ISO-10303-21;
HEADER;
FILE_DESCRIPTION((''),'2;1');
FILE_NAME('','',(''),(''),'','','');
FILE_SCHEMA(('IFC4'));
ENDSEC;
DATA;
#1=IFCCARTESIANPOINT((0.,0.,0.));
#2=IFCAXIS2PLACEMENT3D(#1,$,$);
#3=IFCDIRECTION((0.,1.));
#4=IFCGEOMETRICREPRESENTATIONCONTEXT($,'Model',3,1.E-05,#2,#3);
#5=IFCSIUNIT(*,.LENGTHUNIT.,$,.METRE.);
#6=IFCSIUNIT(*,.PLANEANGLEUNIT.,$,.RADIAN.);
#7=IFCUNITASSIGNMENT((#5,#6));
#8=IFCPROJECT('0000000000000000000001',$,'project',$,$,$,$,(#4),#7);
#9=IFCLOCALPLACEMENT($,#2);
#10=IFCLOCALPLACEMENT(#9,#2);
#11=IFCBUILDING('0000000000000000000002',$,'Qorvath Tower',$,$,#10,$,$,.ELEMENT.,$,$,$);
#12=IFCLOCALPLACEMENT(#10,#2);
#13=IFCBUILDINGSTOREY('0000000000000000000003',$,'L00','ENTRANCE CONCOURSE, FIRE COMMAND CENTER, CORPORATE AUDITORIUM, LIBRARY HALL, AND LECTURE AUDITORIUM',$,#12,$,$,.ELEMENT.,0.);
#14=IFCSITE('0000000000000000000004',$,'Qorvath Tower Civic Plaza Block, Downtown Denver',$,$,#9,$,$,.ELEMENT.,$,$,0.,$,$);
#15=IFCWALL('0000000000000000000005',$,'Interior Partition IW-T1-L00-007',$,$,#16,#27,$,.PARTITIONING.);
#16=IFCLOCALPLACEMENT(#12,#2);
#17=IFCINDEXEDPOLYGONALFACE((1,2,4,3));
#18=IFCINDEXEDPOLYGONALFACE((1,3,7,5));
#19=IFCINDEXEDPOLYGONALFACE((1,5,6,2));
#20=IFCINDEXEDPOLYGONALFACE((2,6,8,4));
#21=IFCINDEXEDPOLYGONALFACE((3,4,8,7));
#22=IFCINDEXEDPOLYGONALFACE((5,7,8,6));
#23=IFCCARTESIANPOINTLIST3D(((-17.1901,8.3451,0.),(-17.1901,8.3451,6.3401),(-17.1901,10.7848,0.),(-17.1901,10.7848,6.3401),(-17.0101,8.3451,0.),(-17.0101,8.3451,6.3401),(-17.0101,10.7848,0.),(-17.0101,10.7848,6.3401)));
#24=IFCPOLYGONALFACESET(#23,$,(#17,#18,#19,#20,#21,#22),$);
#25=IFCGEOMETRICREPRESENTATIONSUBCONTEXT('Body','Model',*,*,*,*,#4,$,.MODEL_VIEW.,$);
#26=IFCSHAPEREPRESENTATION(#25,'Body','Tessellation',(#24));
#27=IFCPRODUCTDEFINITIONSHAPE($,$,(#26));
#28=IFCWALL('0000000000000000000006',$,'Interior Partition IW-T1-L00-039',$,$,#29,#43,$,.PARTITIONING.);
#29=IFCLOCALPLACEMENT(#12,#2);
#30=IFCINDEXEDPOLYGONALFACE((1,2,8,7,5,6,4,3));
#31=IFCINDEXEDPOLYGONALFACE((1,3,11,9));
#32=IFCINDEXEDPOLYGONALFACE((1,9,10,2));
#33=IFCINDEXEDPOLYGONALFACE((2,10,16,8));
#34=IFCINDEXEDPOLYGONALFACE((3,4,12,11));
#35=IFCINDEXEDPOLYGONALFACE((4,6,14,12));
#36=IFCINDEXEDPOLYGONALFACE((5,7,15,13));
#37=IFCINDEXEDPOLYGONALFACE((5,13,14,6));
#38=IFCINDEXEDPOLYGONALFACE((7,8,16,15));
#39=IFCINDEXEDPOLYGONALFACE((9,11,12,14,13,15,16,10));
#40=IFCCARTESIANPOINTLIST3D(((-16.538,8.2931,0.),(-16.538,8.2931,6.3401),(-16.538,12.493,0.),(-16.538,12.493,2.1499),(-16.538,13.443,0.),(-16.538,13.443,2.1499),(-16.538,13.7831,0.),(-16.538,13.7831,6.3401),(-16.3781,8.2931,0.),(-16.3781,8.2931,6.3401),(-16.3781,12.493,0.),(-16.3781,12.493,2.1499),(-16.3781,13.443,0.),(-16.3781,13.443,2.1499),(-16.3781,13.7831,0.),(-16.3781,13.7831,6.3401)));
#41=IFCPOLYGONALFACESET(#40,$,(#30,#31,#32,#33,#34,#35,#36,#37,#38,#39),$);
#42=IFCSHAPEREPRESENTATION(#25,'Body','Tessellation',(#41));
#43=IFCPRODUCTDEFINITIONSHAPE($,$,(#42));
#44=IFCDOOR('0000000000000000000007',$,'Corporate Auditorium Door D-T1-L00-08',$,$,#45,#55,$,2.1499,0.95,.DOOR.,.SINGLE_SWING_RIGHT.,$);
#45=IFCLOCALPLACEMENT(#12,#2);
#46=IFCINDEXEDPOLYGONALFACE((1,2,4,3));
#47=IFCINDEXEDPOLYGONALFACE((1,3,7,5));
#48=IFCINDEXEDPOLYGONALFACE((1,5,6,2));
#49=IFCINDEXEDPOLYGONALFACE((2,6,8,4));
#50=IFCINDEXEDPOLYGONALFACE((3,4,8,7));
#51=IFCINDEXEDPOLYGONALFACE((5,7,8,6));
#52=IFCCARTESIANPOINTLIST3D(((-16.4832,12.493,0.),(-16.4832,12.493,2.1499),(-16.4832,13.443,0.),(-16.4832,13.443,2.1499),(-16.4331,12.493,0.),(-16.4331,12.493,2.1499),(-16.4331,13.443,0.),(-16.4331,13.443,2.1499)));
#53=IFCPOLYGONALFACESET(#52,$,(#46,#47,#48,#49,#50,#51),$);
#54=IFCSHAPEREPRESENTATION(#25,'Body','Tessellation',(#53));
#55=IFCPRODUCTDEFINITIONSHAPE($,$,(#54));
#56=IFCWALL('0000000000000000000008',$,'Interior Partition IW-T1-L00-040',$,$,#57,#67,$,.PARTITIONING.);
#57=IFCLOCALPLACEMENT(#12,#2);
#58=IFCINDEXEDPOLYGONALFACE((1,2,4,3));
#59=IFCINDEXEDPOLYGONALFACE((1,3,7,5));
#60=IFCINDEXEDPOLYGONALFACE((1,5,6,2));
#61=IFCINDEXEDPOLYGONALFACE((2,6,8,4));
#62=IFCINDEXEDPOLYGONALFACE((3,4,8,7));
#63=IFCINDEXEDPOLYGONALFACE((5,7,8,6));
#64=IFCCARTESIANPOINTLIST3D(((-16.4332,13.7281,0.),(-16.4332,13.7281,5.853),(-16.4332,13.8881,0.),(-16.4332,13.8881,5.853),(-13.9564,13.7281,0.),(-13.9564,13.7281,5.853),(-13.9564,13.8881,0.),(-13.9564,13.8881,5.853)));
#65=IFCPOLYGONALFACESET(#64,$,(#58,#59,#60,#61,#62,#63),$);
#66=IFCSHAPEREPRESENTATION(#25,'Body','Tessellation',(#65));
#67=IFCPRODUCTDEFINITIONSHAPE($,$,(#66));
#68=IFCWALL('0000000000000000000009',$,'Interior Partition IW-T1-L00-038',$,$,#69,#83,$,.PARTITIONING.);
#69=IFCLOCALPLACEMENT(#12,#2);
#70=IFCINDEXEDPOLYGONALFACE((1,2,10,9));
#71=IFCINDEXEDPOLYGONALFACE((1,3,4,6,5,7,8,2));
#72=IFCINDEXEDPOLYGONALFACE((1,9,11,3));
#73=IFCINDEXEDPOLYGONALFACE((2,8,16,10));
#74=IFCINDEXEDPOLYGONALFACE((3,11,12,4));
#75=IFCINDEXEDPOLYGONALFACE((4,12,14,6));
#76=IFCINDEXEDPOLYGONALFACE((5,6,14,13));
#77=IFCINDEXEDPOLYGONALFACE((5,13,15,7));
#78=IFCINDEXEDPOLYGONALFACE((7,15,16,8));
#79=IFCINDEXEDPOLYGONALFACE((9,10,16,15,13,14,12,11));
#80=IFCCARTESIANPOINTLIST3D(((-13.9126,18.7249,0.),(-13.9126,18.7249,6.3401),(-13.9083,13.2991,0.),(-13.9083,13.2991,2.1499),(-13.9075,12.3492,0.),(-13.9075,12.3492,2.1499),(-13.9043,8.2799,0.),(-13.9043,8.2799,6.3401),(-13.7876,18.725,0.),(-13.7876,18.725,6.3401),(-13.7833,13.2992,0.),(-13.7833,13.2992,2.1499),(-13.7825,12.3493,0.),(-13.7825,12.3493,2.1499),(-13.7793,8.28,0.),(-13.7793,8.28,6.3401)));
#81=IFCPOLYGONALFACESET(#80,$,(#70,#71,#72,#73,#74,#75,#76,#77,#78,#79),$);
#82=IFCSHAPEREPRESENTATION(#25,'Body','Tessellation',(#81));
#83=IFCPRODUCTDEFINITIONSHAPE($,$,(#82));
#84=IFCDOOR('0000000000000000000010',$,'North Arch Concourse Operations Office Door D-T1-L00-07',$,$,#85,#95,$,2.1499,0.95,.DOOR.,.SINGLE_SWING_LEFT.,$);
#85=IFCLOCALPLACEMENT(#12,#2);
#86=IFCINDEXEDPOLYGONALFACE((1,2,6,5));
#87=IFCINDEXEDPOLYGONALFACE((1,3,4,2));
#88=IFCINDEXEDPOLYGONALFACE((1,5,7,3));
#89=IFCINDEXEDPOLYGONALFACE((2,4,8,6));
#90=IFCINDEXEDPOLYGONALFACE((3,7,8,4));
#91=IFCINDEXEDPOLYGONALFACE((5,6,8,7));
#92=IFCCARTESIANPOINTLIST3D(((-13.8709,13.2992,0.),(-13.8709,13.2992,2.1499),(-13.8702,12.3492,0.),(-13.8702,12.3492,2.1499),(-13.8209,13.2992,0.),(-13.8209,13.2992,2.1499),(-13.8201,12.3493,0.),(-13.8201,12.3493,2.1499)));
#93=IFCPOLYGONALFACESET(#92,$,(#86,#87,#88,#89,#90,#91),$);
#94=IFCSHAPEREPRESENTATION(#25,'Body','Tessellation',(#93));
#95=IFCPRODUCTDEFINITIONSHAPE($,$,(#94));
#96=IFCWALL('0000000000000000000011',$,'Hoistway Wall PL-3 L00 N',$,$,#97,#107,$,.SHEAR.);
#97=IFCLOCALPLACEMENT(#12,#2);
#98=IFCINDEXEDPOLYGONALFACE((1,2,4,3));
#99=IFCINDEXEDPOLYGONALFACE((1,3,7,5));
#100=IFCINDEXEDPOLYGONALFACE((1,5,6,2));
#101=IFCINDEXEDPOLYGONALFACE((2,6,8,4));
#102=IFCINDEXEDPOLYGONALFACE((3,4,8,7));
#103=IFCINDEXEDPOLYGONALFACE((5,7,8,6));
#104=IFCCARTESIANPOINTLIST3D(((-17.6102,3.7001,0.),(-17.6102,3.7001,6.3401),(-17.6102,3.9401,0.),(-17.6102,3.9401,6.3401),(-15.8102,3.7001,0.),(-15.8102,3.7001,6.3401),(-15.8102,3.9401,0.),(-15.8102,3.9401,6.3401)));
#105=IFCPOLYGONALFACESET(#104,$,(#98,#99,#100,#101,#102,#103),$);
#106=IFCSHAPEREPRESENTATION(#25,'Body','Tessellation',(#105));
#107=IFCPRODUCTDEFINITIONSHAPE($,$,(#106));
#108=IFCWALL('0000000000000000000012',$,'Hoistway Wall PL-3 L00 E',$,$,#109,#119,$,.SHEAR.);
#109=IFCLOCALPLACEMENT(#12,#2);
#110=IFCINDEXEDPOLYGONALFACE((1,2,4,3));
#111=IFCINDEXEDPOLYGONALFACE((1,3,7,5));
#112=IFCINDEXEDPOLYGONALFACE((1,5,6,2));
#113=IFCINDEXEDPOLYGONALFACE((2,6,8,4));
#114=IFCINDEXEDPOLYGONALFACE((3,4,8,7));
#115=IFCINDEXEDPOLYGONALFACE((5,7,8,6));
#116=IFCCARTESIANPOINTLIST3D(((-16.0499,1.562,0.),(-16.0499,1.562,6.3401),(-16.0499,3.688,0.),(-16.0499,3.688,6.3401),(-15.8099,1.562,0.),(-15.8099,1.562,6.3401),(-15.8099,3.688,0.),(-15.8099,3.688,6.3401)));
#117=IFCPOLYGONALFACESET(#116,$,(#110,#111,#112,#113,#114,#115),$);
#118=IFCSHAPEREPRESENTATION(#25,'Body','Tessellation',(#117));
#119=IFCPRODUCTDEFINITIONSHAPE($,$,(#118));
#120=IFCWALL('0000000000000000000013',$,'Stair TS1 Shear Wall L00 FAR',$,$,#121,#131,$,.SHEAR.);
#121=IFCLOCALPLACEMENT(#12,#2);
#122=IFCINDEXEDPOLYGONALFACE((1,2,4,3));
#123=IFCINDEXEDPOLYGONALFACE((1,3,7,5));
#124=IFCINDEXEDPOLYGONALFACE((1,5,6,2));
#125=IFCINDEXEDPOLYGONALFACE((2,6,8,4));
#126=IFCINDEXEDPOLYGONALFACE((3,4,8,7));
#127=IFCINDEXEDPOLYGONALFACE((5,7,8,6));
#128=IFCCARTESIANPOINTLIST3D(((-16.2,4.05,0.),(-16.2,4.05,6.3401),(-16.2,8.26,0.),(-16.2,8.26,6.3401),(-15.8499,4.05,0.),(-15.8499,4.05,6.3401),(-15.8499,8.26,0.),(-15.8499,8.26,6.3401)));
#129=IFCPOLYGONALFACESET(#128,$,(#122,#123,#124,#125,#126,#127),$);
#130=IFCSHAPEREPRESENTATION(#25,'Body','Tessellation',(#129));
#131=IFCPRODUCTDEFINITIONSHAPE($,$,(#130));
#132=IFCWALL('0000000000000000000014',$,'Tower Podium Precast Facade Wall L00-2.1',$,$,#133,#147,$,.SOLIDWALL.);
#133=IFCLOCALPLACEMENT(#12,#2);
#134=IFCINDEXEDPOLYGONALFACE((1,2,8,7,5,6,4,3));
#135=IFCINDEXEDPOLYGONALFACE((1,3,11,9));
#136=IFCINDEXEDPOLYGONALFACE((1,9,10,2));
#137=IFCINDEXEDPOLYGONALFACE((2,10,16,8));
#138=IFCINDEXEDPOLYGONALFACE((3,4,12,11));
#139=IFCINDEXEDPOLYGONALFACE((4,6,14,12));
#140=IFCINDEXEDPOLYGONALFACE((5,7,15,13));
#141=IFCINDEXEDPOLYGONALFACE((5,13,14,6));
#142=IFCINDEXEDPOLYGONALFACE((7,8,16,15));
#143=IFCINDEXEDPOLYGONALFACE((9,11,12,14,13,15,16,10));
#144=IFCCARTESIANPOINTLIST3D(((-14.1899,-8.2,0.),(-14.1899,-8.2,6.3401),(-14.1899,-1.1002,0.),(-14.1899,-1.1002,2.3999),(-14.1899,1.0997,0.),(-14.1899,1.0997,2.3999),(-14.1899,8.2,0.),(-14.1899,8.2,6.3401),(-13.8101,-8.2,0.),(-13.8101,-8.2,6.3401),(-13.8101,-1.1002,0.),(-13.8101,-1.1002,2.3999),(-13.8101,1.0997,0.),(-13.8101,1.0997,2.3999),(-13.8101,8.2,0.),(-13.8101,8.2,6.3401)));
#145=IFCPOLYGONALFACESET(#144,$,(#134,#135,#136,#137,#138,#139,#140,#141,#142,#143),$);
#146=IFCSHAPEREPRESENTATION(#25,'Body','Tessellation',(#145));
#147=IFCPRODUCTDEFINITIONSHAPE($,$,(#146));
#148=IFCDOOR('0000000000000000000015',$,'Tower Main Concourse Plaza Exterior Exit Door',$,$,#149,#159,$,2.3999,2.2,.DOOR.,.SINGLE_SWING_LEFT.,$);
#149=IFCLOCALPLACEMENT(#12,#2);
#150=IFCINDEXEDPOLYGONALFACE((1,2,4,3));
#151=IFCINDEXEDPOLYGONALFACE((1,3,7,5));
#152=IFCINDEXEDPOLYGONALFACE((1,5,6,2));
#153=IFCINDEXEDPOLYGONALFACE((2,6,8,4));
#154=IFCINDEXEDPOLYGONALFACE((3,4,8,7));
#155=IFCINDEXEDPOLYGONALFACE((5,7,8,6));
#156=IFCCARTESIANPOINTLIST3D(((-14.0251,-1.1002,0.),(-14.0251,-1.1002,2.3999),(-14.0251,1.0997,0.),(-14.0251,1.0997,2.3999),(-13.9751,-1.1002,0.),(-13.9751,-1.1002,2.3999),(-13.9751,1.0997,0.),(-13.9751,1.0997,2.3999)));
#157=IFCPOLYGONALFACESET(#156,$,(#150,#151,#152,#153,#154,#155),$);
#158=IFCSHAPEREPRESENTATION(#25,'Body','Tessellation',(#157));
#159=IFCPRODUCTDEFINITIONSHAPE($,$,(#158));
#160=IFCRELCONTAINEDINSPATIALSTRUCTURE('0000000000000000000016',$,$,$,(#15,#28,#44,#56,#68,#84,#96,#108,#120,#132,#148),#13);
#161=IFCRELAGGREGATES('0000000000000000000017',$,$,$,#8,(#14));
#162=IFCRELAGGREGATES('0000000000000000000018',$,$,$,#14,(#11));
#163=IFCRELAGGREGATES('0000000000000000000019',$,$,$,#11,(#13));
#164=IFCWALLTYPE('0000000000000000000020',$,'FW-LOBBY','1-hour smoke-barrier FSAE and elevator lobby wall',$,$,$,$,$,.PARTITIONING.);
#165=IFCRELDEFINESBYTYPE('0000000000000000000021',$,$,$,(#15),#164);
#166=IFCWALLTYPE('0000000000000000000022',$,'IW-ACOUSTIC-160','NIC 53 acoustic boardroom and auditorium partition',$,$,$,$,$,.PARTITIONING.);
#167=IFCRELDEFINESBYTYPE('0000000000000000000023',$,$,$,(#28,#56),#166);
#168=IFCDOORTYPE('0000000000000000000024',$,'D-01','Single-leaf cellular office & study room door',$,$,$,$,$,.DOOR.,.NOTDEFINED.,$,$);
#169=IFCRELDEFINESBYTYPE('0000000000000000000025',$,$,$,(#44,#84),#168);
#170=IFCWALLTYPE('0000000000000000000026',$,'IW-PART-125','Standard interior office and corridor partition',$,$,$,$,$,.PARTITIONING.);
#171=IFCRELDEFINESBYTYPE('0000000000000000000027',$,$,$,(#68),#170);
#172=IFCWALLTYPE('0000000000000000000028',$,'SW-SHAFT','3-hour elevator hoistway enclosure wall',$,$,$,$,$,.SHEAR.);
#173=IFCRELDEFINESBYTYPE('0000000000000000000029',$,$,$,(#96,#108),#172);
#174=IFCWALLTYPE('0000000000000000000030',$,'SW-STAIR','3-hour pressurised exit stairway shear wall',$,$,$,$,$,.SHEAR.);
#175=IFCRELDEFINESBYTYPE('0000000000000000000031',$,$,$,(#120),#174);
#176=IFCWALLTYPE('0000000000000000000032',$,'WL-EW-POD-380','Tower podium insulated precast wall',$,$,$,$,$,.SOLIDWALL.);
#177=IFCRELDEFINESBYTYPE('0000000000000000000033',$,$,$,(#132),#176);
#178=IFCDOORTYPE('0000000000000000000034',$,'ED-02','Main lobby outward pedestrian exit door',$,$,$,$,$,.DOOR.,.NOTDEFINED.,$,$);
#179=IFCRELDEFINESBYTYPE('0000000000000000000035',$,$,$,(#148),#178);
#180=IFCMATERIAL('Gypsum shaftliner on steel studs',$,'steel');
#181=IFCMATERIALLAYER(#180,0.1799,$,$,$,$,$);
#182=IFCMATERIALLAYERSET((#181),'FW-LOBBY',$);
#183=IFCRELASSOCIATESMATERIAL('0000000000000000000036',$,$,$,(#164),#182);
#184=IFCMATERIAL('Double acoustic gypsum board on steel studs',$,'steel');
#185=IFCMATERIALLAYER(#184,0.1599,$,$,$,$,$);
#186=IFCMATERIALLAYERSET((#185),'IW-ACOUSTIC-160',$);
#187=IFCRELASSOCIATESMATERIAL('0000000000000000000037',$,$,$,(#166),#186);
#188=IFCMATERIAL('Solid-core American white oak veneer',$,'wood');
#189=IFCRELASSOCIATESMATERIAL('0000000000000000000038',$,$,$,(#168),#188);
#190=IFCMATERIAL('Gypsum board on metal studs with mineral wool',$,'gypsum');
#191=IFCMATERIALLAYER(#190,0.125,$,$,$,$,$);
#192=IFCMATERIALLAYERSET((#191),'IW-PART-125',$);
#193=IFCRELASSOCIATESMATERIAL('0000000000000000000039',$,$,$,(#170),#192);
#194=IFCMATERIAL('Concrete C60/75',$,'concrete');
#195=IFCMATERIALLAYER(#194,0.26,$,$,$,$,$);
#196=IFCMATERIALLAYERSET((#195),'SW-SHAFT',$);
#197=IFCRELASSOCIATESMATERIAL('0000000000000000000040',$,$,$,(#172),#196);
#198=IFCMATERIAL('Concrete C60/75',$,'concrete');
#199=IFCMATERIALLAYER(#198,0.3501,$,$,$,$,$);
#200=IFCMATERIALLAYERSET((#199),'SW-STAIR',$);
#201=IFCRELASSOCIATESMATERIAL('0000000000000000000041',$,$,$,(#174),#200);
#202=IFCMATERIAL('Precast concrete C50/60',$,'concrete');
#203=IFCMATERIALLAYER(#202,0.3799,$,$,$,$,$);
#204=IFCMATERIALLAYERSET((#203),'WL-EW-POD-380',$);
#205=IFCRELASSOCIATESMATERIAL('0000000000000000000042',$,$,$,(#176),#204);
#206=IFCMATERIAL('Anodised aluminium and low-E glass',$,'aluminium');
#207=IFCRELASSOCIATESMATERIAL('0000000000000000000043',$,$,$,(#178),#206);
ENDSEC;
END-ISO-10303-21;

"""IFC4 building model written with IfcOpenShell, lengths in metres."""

from ifc_helpers import new_model, si_unit, direction, frame, frame_2d, origin, place, context, subcontext, project, spatial, rectangle, extrude, material, layer, layer_set, type_object, element, fill, save


model = new_model("IFC4")

# Units and contexts
model_context = context("Model", 3, precision=1e-05, world=origin(), true_north=direction((0.0, 1.0)))
body_context = subcontext(model_context, "Body", "Model", "MODEL_VIEW")
ifc_project = project(units=[si_unit("LENGTHUNIT", "METRE"), si_unit("PLANEANGLEUNIT", "RADIAN")], contexts=[model_context])

# Site, building, storey
site_placement = place(None, origin())
site = spatial("IfcSite", under=ifc_project, at=site_placement, Name="Qorvath Tower Civic Plaza Block, Downtown Denver", CompositionType="ELEMENT", RefElevation=0.0)
building_placement = place(site_placement, origin())
building = spatial("IfcBuilding", under=site, at=building_placement, Name="Qorvath Tower", CompositionType="ELEMENT")
storey_placement = place(building_placement, origin())
storey = spatial("IfcBuildingStorey", under=building, at=storey_placement, Name="L00", Description="ENTRANCE CONCOURSE, FIRE COMMAND CENTER, CORPORATE AUDITORIUM, LIBRARY HALL, AND LECTURE AUDITORIUM", CompositionType="ELEMENT", Elevation=0.0)

# Wall
ifc_material_1 = material(Name="Gypsum shaftliner on steel studs", Category="steel")
ifc_layer_1 = layer(ifc_material_1, 0.1799)
ifc_layer_set_1 = layer_set([ifc_layer_1], Name="FW-LOBBY")
wall_type_1 = type_object("IfcWallType", Name="FW-LOBBY", Description="1-hour smoke-barrier FSAE and elevator lobby wall", PredefinedType="PARTITIONING", material=ifc_layer_set_1)
wall_1_placement = place(storey_placement, frame((-17.1001, 8.3452, 0.0), z_axis=(0.0, 0.0, 1.0), x_axis=(0.0, 1.0, 0.0)))
element("IfcWall", 1, at=wall_1_placement, inside=storey, type_object=wall_type_1, Name="Interior Partition IW-T1-L00-007", PredefinedType="PARTITIONING", context=body_context, shape_type="SweptSolid", body=[
    extrude(rectangle(XDim=2.4397, YDim=0.1799, at=frame_2d((1.2197, 0.0))), origin(), (0.0, 0.0, 1.0), 6.3401),
])

# Wall, opening, door
ifc_material_2 = material(Name="Double acoustic gypsum board on steel studs", Category="steel")
ifc_layer_2 = layer(ifc_material_2, 0.1599)
ifc_layer_set_2 = layer_set([ifc_layer_2], Name="IW-ACOUSTIC-160")
wall_type_2 = type_object("IfcWallType", Name="IW-ACOUSTIC-160", Description="NIC 53 acoustic boardroom and auditorium partition", PredefinedType="PARTITIONING", material=ifc_layer_set_2)
wall_2_placement = place(storey_placement, frame((-16.458, 13.7832, 0.0), z_axis=(0.0, 0.0, 1.0), x_axis=(0.0, -1.0, 0.0)))
wall_2 = element("IfcWall", 2, at=wall_2_placement, inside=storey, type_object=wall_type_2, Name="Interior Partition IW-T1-L00-039", PredefinedType="PARTITIONING", context=body_context, shape_type="SweptSolid", body=[
    extrude(rectangle(XDim=5.49, YDim=0.1599, at=frame_2d((2.7451, 0.0))), origin(), (0.0, 0.0, 1.0), 6.3401),
])
opening_1_placement = place(wall_2_placement, frame((0.3401, 0.0, 0.0)))
opening_1 = element("IfcOpeningElement", 3, at=opening_1_placement, cuts=wall_2, PredefinedType="OPENING", context=body_context, shape_type="SweptSolid", body=[
    extrude(rectangle(XDim=0.95, YDim=2.1499, at=frame_2d((0.4751, 1.075))), frame((0.0, 0.0898, 0.0), z_axis=(0.0, -1.0, 0.0), x_axis=(1.0, 0.0, 0.0)), (0.0, 0.0, 1.0), 0.1799),
])
ifc_material_3 = material(Name="Solid-core American white oak veneer", Category="wood")
door_type_1 = type_object("IfcDoorType", Name="D-01", Description="Single-leaf cellular office & study room door", OperationType="NOTDEFINED", PredefinedType="DOOR", material=ifc_material_3)
door_1_placement = place(opening_1_placement, origin())
door_1 = element("IfcDoor", 4, at=door_1_placement, inside=storey, type_object=door_type_1, Name="Corporate Auditorium Door D-T1-L00-08", OperationType="SINGLE_SWING_RIGHT", OverallHeight=2.1499, OverallWidth=0.95, PredefinedType="DOOR", context=body_context, shape_type="SweptSolid", body=[
    extrude(rectangle(XDim=0.95, YDim=2.1499, at=frame_2d((0.4751, 1.075))), frame((0.0, 0.0249, 0.0), z_axis=(0.0, -1.0, 0.0), x_axis=(1.0, 0.0, 0.0)), (0.0, 0.0, 1.0), 0.05),
])
fill(opening_1, door_1)

# Wall
wall_3_placement = place(storey_placement, frame((-16.4331, 13.8081, 0.0), z_axis=(0.0, 0.0, 1.0), x_axis=(1.0, 0.0, 0.0)))
element("IfcWall", 5, at=wall_3_placement, inside=storey, type_object=wall_type_2, Name="Interior Partition IW-T1-L00-040", PredefinedType="PARTITIONING", context=body_context, shape_type="SweptSolid", body=[
    extrude(rectangle(XDim=2.4768, YDim=0.1599, at=frame_2d((1.2383, 0.0))), origin(), (0.0, 0.0, 1.0), 5.853),
])

# Wall, opening, door
ifc_material_4 = material(Name="Gypsum board on metal studs with mineral wool", Category="gypsum")
ifc_layer_3 = layer(ifc_material_4, 0.125)
ifc_layer_set_3 = layer_set([ifc_layer_3], Name="IW-PART-125")
wall_type_3 = type_object("IfcWallType", Name="IW-PART-125", Description="Standard interior office and corridor partition", PredefinedType="PARTITIONING", material=ifc_layer_set_3)
wall_4_placement = place(storey_placement, frame((-13.8501, 18.7251, 0.0), z_axis=(0.0, 0.0, 1.0), x_axis=(0.000795, -1.0, 0.0)))
wall_4 = element("IfcWall", 6, at=wall_4_placement, inside=storey, type_object=wall_type_3, Name="Interior Partition IW-T1-L00-038", PredefinedType="PARTITIONING", context=body_context, shape_type="SweptSolid", body=[
    extrude(rectangle(XDim=10.4451, YDim=0.125, at=frame_2d((5.2227, 0.0))), origin(), (0.0, 0.0, 1.0), 6.3401),
])
opening_2_placement = place(wall_4_placement, frame((5.4258, 0.0, 0.0)))
opening_2 = element("IfcOpeningElement", 7, at=opening_2_placement, cuts=wall_4, PredefinedType="OPENING", context=body_context, shape_type="SweptSolid", body=[
    extrude(rectangle(XDim=0.95, YDim=2.1499, at=frame_2d((0.4751, 1.075))), frame((0.0, 0.0725, 0.0), z_axis=(0.0, -1.0, 0.0), x_axis=(1.0, 0.0, 0.0)), (0.0, 0.0, 1.0), 0.145),
])
door_2_placement = place(opening_2_placement, origin())
door_2 = element("IfcDoor", 8, at=door_2_placement, inside=storey, type_object=door_type_1, Name="North Arch Concourse Operations Office Door D-T1-L00-07", OperationType="SINGLE_SWING_LEFT", OverallHeight=2.1499, OverallWidth=0.95, PredefinedType="DOOR", context=body_context, shape_type="SweptSolid", body=[
    extrude(rectangle(XDim=0.95, YDim=2.1499, at=frame_2d((0.4751, 1.075))), frame((0.0, 0.0249, 0.0), z_axis=(0.0, -1.0, 0.0), x_axis=(1.0, 0.0, 0.0)), (0.0, 0.0, 1.0), 0.05),
])
fill(opening_2, door_2)

# Walls
ifc_material_5 = material(Name="Concrete C60/75", Category="concrete")
ifc_layer_4 = layer(ifc_material_5, 0.26)
ifc_layer_set_4 = layer_set([ifc_layer_4], Name="SW-SHAFT")
wall_type_4 = type_object("IfcWallType", Name="SW-SHAFT", Description="3-hour elevator hoistway enclosure wall", PredefinedType="SHEAR", material=ifc_layer_set_4)
wall_5_placement = place(storey_placement, frame((-17.6101, 3.8201, 0.0), z_axis=(0.0, 0.0, 1.0), x_axis=(1.0, 0.0, 0.0)))
element("IfcWall", 9, at=wall_5_placement, inside=storey, type_object=wall_type_4, Name="Hoistway Wall PL-3 L00 N", PredefinedType="SHEAR", context=body_context, shape_type="SweptSolid", body=[
    extrude(rectangle(XDim=1.8, YDim=0.24, at=frame_2d((0.8999, 0.0))), origin(), (0.0, 0.0, 1.0), 6.3401),
])
wall_6_placement = place(storey_placement, frame((-15.9299, 3.688, 0.0), z_axis=(0.0, 0.0, 1.0), x_axis=(0.0, -1.0, 0.0)))
element("IfcWall", 10, at=wall_6_placement, inside=storey, type_object=wall_type_4, Name="Hoistway Wall PL-3 L00 E", PredefinedType="SHEAR", context=body_context, shape_type="SweptSolid", body=[
    extrude(rectangle(XDim=2.126, YDim=0.24, at=frame_2d((1.063, 0.0))), origin(), (0.0, 0.0, 1.0), 6.3401),
])
ifc_material_6 = material(Name="Concrete C60/75", Category="concrete")
ifc_layer_5 = layer(ifc_material_6, 0.3501)
ifc_layer_set_5 = layer_set([ifc_layer_5], Name="SW-STAIR")
wall_type_5 = type_object("IfcWallType", Name="SW-STAIR", Description="3-hour pressurised exit stairway shear wall", PredefinedType="SHEAR", material=ifc_layer_set_5)
wall_7_placement = place(storey_placement, frame((-16.0249, 4.05, 0.0), z_axis=(0.0, 0.0, 1.0), x_axis=(0.0, 1.0, 0.0)))
element("IfcWall", 11, at=wall_7_placement, inside=storey, type_object=wall_type_5, Name="Stair TS1 Shear Wall L00 FAR", PredefinedType="SHEAR", context=body_context, shape_type="SweptSolid", body=[
    extrude(rectangle(XDim=4.21, YDim=0.3501, at=frame_2d((2.105, 0.0))), origin(), (0.0, 0.0, 1.0), 6.3401),
])

# Wall, opening, door
ifc_material_7 = material(Name="Precast concrete C50/60", Category="concrete")
ifc_layer_6 = layer(ifc_material_7, 0.3799)
ifc_layer_set_6 = layer_set([ifc_layer_6], Name="WL-EW-POD-380")
wall_type_6 = type_object("IfcWallType", Name="WL-EW-POD-380", Description="Tower podium insulated precast wall", PredefinedType="SOLIDWALL", material=ifc_layer_set_6)
wall_8_placement = place(storey_placement, frame((-14.0, 8.2, 0.0), z_axis=(0.0, 0.0, 1.0), x_axis=(0.0, -1.0, 0.0)))
wall_8 = element("IfcWall", 12, at=wall_8_placement, inside=storey, type_object=wall_type_6, Name="Tower Podium Precast Facade Wall L00-2.1", PredefinedType="SOLIDWALL", context=body_context, shape_type="SweptSolid", body=[
    extrude(rectangle(XDim=16.3999, YDim=0.3799, at=frame_2d((8.2, 0.0))), origin(), (0.0, 0.0, 1.0), 6.3401),
])
opening_3_placement = place(wall_8_placement, frame((7.1001, 0.0, 0.0)))
opening_3 = element("IfcOpeningElement", 13, at=opening_3_placement, cuts=wall_8, PredefinedType="OPENING", context=body_context, shape_type="SweptSolid", body=[
    extrude(rectangle(XDim=2.2, YDim=2.3999, at=frame_2d((1.1001, 1.2))), frame((0.0, 0.2, 0.0), z_axis=(0.0, -1.0, 0.0), x_axis=(1.0, 0.0, 0.0)), (0.0, 0.0, 1.0), 0.3999),
])
ifc_material_8 = material(Name="Anodised aluminium and low-E glass", Category="aluminium")
door_type_2 = type_object("IfcDoorType", Name="ED-02", Description="Main lobby outward pedestrian exit door", OperationType="NOTDEFINED", PredefinedType="DOOR", material=ifc_material_8)
door_3_placement = place(opening_3_placement, origin())
door_3 = element("IfcDoor", 14, at=door_3_placement, inside=storey, type_object=door_type_2, Name="Tower Main Concourse Plaza Exterior Exit Door", OperationType="SINGLE_SWING_LEFT", OverallHeight=2.3999, OverallWidth=2.2, PredefinedType="DOOR", context=body_context, shape_type="SweptSolid", body=[
    extrude(rectangle(XDim=2.2, YDim=2.3999, at=frame_2d((1.1001, 1.2))), frame((0.0, 0.0249, 0.0), z_axis=(0.0, -1.0, 0.0), x_axis=(1.0, 0.0, 0.0)), (0.0, 0.0, 1.0), 0.05),
])
fill(opening_3, door_3)

save(model, "model.ifc")
